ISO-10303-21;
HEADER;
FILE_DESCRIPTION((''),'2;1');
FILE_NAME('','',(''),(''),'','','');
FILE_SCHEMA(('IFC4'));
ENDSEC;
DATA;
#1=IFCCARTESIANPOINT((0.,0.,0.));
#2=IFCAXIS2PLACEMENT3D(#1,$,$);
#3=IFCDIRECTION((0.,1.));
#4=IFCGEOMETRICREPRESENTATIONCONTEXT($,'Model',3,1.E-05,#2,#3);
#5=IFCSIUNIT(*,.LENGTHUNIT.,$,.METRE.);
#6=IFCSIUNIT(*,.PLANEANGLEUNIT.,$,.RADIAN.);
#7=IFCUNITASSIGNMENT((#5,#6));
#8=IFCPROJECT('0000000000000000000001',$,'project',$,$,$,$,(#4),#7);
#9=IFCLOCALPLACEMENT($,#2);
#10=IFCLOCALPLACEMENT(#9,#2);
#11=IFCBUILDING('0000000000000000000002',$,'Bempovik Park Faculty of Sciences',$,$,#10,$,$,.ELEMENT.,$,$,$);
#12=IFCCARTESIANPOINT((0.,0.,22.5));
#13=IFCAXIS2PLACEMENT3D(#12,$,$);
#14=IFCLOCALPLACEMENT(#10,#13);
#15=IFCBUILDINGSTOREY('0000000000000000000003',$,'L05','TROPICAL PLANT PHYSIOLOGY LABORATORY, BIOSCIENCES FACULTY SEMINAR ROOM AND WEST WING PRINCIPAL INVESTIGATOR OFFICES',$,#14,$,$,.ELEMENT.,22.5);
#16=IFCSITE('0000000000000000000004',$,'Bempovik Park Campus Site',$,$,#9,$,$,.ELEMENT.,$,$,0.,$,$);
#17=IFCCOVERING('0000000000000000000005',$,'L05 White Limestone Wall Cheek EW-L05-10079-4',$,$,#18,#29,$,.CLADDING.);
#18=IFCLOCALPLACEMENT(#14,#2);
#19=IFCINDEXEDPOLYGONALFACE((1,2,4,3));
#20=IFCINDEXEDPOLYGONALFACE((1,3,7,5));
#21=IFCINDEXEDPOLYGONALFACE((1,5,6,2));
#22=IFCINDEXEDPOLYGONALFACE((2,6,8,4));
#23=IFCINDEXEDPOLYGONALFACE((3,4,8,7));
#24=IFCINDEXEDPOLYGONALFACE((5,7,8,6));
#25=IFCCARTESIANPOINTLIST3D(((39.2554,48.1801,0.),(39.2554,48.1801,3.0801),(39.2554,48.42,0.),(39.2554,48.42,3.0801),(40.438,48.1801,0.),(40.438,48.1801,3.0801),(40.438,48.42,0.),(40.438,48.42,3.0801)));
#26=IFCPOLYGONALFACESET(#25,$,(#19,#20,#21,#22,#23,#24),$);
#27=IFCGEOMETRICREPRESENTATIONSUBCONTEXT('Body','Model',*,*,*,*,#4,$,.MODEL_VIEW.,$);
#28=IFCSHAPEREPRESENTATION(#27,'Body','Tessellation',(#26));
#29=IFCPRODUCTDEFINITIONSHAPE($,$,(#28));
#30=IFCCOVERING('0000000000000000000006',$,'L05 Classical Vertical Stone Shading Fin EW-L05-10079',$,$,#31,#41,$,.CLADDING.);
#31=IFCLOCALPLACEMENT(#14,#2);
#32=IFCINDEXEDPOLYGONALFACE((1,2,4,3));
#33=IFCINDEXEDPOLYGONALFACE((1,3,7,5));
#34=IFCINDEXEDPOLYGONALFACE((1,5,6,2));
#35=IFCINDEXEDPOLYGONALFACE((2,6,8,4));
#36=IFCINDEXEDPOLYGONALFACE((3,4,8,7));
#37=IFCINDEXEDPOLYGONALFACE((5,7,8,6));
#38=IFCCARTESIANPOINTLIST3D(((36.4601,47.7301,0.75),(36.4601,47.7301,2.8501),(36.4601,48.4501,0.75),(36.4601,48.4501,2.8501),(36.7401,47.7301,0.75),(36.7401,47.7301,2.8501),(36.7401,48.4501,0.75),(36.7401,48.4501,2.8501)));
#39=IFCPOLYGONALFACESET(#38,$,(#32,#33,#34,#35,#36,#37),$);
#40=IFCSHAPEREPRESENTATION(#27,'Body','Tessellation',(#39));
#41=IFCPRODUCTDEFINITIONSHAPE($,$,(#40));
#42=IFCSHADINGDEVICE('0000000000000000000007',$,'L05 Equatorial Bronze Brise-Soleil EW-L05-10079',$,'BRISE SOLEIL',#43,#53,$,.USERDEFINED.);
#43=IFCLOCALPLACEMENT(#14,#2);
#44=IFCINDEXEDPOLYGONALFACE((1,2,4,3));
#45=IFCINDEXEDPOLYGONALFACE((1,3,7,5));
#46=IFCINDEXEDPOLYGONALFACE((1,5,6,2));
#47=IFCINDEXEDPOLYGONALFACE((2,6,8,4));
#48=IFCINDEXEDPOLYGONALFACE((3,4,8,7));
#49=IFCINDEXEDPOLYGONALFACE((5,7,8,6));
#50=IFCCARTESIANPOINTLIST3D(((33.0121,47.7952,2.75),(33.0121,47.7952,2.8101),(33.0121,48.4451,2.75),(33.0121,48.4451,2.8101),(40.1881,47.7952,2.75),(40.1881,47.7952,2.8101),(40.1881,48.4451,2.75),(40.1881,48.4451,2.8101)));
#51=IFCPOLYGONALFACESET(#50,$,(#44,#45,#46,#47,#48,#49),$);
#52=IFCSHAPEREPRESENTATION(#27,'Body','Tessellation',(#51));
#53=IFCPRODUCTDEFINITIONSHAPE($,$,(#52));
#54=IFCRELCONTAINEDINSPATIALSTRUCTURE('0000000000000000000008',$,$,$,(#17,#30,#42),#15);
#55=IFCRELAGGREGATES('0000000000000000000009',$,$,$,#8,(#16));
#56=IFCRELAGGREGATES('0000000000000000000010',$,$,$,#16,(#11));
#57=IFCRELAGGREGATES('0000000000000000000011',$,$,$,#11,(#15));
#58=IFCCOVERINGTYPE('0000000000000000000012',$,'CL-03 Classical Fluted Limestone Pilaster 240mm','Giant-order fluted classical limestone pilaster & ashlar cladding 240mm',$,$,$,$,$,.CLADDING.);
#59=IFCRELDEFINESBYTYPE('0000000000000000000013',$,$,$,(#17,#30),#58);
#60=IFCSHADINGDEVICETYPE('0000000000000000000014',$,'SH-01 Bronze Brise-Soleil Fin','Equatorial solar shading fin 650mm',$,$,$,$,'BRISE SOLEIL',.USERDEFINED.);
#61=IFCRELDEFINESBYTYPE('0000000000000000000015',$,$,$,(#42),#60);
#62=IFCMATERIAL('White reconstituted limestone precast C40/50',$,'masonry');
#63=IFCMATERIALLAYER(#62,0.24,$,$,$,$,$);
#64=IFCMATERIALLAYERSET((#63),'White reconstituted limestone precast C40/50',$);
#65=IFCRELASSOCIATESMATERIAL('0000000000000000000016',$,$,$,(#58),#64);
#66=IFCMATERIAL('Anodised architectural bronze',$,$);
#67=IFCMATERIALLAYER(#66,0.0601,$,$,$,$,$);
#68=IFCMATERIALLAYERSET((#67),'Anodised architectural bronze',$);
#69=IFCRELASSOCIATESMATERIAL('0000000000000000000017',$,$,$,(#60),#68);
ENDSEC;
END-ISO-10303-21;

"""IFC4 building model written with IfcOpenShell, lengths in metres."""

from ifc_helpers import new_model, si_unit, direction, frame, origin, origin_2d, place, context, subcontext, project, spatial, rectangle, extrude, material, layer, layer_set, type_object, element, save


model = new_model("IFC4")

# Units and contexts
model_context = context("Model", 3, precision=1e-05, world=origin(), true_north=direction((0.0, 1.0)))
body_context = subcontext(model_context, "Body", "Model", "MODEL_VIEW")
ifc_project = project(units=[si_unit("LENGTHUNIT", "METRE"), si_unit("PLANEANGLEUNIT", "RADIAN")], contexts=[model_context])

# Site, building, storey
site_placement = place(None, origin())
site = spatial("IfcSite", under=ifc_project, at=site_placement, Name="Bempovik Park Campus Site", CompositionType="ELEMENT", RefElevation=0.0)
building_placement = place(site_placement, origin())
building = spatial("IfcBuilding", under=site, at=building_placement, Name="Bempovik Park Faculty of Sciences", CompositionType="ELEMENT")
storey_placement = place(building_placement, frame((0.0, 0.0, 22.5)))
storey = spatial("IfcBuildingStorey", under=building, at=storey_placement, Name="L05", Description="TROPICAL PLANT PHYSIOLOGY LABORATORY, BIOSCIENCES FACULTY SEMINAR ROOM AND WEST WING PRINCIPAL INVESTIGATOR OFFICES", CompositionType="ELEMENT", Elevation=22.5)

# Coverings
ifc_material_1 = material(Name="White reconstituted limestone precast C40/50", Category="masonry")
ifc_layer_1 = layer(ifc_material_1, 0.24)
ifc_layer_set_1 = layer_set([ifc_layer_1], Name="White reconstituted limestone precast C40/50")
covering_type_1 = type_object("IfcCoveringType", Name="CL-03 Classical Fluted Limestone Pilaster 240mm", Description="Giant-order fluted classical limestone pilaster & ashlar cladding 240mm", PredefinedType="CLADDING", material=ifc_layer_set_1)
covering_1_placement = place(storey_placement, frame((39.8467, 48.3, 0.0), z_axis=(0.0, 0.0, 1.0), x_axis=(1.0, 0.0, 0.0)))
element("IfcCovering", 1, at=covering_1_placement, inside=storey, type_object=covering_type_1, Name="L05 White Limestone Wall Cheek EW-L05-10079-4", PredefinedType="CLADDING", context=body_context, shape_type="SweptSolid", body=[
    extrude(rectangle(XDim=1.1826, YDim=0.24, at=origin_2d()), origin(), (0.0, 0.0, 1.0), 3.0801),
])
covering_2_placement = place(storey_placement, frame((36.6001, 48.0901, 0.75), z_axis=(0.0, 0.0, 1.0), x_axis=(1.0, 0.0, 0.0)))
element("IfcCovering", 2, at=covering_2_placement, inside=storey, type_object=covering_type_1, Name="L05 Classical Vertical Stone Shading Fin EW-L05-10079", PredefinedType="CLADDING", context=body_context, shape_type="SweptSolid", body=[
    extrude(rectangle(XDim=0.28, YDim=0.72, at=origin_2d()), origin(), (0.0, 0.0, 1.0), 2.1001),
])

# Shading device
ifc_material_2 = material(Name="Anodised architectural bronze")
ifc_layer_2 = layer(ifc_material_2, 0.0601)
ifc_layer_set_2 = layer_set([ifc_layer_2], Name="Anodised architectural bronze")
shading_device_type = type_object("IfcShadingDeviceType", Name="SH-01 Bronze Brise-Soleil Fin", Description="Equatorial solar shading fin 650mm", ElementType="BRISE SOLEIL", PredefinedType="USERDEFINED", material=ifc_layer_set_2)
shading_device_placement = place(storey_placement, frame((36.6001, 48.1201, 2.75), z_axis=(0.0, 0.0, 1.0), x_axis=(1.0, 0.0, 0.0)))
element("IfcShadingDevice", 3, at=shading_device_placement, inside=storey, type_object=shading_device_type, Name="L05 Equatorial Bronze Brise-Soleil EW-L05-10079", ObjectType="BRISE SOLEIL", PredefinedType="USERDEFINED", context=body_context, shape_type="SweptSolid", body=[
    extrude(rectangle(XDim=7.176, YDim=0.6499, at=origin_2d()), origin(), (0.0, 0.0, 1.0), 0.0601),
])

save(model, "model.ifc")
